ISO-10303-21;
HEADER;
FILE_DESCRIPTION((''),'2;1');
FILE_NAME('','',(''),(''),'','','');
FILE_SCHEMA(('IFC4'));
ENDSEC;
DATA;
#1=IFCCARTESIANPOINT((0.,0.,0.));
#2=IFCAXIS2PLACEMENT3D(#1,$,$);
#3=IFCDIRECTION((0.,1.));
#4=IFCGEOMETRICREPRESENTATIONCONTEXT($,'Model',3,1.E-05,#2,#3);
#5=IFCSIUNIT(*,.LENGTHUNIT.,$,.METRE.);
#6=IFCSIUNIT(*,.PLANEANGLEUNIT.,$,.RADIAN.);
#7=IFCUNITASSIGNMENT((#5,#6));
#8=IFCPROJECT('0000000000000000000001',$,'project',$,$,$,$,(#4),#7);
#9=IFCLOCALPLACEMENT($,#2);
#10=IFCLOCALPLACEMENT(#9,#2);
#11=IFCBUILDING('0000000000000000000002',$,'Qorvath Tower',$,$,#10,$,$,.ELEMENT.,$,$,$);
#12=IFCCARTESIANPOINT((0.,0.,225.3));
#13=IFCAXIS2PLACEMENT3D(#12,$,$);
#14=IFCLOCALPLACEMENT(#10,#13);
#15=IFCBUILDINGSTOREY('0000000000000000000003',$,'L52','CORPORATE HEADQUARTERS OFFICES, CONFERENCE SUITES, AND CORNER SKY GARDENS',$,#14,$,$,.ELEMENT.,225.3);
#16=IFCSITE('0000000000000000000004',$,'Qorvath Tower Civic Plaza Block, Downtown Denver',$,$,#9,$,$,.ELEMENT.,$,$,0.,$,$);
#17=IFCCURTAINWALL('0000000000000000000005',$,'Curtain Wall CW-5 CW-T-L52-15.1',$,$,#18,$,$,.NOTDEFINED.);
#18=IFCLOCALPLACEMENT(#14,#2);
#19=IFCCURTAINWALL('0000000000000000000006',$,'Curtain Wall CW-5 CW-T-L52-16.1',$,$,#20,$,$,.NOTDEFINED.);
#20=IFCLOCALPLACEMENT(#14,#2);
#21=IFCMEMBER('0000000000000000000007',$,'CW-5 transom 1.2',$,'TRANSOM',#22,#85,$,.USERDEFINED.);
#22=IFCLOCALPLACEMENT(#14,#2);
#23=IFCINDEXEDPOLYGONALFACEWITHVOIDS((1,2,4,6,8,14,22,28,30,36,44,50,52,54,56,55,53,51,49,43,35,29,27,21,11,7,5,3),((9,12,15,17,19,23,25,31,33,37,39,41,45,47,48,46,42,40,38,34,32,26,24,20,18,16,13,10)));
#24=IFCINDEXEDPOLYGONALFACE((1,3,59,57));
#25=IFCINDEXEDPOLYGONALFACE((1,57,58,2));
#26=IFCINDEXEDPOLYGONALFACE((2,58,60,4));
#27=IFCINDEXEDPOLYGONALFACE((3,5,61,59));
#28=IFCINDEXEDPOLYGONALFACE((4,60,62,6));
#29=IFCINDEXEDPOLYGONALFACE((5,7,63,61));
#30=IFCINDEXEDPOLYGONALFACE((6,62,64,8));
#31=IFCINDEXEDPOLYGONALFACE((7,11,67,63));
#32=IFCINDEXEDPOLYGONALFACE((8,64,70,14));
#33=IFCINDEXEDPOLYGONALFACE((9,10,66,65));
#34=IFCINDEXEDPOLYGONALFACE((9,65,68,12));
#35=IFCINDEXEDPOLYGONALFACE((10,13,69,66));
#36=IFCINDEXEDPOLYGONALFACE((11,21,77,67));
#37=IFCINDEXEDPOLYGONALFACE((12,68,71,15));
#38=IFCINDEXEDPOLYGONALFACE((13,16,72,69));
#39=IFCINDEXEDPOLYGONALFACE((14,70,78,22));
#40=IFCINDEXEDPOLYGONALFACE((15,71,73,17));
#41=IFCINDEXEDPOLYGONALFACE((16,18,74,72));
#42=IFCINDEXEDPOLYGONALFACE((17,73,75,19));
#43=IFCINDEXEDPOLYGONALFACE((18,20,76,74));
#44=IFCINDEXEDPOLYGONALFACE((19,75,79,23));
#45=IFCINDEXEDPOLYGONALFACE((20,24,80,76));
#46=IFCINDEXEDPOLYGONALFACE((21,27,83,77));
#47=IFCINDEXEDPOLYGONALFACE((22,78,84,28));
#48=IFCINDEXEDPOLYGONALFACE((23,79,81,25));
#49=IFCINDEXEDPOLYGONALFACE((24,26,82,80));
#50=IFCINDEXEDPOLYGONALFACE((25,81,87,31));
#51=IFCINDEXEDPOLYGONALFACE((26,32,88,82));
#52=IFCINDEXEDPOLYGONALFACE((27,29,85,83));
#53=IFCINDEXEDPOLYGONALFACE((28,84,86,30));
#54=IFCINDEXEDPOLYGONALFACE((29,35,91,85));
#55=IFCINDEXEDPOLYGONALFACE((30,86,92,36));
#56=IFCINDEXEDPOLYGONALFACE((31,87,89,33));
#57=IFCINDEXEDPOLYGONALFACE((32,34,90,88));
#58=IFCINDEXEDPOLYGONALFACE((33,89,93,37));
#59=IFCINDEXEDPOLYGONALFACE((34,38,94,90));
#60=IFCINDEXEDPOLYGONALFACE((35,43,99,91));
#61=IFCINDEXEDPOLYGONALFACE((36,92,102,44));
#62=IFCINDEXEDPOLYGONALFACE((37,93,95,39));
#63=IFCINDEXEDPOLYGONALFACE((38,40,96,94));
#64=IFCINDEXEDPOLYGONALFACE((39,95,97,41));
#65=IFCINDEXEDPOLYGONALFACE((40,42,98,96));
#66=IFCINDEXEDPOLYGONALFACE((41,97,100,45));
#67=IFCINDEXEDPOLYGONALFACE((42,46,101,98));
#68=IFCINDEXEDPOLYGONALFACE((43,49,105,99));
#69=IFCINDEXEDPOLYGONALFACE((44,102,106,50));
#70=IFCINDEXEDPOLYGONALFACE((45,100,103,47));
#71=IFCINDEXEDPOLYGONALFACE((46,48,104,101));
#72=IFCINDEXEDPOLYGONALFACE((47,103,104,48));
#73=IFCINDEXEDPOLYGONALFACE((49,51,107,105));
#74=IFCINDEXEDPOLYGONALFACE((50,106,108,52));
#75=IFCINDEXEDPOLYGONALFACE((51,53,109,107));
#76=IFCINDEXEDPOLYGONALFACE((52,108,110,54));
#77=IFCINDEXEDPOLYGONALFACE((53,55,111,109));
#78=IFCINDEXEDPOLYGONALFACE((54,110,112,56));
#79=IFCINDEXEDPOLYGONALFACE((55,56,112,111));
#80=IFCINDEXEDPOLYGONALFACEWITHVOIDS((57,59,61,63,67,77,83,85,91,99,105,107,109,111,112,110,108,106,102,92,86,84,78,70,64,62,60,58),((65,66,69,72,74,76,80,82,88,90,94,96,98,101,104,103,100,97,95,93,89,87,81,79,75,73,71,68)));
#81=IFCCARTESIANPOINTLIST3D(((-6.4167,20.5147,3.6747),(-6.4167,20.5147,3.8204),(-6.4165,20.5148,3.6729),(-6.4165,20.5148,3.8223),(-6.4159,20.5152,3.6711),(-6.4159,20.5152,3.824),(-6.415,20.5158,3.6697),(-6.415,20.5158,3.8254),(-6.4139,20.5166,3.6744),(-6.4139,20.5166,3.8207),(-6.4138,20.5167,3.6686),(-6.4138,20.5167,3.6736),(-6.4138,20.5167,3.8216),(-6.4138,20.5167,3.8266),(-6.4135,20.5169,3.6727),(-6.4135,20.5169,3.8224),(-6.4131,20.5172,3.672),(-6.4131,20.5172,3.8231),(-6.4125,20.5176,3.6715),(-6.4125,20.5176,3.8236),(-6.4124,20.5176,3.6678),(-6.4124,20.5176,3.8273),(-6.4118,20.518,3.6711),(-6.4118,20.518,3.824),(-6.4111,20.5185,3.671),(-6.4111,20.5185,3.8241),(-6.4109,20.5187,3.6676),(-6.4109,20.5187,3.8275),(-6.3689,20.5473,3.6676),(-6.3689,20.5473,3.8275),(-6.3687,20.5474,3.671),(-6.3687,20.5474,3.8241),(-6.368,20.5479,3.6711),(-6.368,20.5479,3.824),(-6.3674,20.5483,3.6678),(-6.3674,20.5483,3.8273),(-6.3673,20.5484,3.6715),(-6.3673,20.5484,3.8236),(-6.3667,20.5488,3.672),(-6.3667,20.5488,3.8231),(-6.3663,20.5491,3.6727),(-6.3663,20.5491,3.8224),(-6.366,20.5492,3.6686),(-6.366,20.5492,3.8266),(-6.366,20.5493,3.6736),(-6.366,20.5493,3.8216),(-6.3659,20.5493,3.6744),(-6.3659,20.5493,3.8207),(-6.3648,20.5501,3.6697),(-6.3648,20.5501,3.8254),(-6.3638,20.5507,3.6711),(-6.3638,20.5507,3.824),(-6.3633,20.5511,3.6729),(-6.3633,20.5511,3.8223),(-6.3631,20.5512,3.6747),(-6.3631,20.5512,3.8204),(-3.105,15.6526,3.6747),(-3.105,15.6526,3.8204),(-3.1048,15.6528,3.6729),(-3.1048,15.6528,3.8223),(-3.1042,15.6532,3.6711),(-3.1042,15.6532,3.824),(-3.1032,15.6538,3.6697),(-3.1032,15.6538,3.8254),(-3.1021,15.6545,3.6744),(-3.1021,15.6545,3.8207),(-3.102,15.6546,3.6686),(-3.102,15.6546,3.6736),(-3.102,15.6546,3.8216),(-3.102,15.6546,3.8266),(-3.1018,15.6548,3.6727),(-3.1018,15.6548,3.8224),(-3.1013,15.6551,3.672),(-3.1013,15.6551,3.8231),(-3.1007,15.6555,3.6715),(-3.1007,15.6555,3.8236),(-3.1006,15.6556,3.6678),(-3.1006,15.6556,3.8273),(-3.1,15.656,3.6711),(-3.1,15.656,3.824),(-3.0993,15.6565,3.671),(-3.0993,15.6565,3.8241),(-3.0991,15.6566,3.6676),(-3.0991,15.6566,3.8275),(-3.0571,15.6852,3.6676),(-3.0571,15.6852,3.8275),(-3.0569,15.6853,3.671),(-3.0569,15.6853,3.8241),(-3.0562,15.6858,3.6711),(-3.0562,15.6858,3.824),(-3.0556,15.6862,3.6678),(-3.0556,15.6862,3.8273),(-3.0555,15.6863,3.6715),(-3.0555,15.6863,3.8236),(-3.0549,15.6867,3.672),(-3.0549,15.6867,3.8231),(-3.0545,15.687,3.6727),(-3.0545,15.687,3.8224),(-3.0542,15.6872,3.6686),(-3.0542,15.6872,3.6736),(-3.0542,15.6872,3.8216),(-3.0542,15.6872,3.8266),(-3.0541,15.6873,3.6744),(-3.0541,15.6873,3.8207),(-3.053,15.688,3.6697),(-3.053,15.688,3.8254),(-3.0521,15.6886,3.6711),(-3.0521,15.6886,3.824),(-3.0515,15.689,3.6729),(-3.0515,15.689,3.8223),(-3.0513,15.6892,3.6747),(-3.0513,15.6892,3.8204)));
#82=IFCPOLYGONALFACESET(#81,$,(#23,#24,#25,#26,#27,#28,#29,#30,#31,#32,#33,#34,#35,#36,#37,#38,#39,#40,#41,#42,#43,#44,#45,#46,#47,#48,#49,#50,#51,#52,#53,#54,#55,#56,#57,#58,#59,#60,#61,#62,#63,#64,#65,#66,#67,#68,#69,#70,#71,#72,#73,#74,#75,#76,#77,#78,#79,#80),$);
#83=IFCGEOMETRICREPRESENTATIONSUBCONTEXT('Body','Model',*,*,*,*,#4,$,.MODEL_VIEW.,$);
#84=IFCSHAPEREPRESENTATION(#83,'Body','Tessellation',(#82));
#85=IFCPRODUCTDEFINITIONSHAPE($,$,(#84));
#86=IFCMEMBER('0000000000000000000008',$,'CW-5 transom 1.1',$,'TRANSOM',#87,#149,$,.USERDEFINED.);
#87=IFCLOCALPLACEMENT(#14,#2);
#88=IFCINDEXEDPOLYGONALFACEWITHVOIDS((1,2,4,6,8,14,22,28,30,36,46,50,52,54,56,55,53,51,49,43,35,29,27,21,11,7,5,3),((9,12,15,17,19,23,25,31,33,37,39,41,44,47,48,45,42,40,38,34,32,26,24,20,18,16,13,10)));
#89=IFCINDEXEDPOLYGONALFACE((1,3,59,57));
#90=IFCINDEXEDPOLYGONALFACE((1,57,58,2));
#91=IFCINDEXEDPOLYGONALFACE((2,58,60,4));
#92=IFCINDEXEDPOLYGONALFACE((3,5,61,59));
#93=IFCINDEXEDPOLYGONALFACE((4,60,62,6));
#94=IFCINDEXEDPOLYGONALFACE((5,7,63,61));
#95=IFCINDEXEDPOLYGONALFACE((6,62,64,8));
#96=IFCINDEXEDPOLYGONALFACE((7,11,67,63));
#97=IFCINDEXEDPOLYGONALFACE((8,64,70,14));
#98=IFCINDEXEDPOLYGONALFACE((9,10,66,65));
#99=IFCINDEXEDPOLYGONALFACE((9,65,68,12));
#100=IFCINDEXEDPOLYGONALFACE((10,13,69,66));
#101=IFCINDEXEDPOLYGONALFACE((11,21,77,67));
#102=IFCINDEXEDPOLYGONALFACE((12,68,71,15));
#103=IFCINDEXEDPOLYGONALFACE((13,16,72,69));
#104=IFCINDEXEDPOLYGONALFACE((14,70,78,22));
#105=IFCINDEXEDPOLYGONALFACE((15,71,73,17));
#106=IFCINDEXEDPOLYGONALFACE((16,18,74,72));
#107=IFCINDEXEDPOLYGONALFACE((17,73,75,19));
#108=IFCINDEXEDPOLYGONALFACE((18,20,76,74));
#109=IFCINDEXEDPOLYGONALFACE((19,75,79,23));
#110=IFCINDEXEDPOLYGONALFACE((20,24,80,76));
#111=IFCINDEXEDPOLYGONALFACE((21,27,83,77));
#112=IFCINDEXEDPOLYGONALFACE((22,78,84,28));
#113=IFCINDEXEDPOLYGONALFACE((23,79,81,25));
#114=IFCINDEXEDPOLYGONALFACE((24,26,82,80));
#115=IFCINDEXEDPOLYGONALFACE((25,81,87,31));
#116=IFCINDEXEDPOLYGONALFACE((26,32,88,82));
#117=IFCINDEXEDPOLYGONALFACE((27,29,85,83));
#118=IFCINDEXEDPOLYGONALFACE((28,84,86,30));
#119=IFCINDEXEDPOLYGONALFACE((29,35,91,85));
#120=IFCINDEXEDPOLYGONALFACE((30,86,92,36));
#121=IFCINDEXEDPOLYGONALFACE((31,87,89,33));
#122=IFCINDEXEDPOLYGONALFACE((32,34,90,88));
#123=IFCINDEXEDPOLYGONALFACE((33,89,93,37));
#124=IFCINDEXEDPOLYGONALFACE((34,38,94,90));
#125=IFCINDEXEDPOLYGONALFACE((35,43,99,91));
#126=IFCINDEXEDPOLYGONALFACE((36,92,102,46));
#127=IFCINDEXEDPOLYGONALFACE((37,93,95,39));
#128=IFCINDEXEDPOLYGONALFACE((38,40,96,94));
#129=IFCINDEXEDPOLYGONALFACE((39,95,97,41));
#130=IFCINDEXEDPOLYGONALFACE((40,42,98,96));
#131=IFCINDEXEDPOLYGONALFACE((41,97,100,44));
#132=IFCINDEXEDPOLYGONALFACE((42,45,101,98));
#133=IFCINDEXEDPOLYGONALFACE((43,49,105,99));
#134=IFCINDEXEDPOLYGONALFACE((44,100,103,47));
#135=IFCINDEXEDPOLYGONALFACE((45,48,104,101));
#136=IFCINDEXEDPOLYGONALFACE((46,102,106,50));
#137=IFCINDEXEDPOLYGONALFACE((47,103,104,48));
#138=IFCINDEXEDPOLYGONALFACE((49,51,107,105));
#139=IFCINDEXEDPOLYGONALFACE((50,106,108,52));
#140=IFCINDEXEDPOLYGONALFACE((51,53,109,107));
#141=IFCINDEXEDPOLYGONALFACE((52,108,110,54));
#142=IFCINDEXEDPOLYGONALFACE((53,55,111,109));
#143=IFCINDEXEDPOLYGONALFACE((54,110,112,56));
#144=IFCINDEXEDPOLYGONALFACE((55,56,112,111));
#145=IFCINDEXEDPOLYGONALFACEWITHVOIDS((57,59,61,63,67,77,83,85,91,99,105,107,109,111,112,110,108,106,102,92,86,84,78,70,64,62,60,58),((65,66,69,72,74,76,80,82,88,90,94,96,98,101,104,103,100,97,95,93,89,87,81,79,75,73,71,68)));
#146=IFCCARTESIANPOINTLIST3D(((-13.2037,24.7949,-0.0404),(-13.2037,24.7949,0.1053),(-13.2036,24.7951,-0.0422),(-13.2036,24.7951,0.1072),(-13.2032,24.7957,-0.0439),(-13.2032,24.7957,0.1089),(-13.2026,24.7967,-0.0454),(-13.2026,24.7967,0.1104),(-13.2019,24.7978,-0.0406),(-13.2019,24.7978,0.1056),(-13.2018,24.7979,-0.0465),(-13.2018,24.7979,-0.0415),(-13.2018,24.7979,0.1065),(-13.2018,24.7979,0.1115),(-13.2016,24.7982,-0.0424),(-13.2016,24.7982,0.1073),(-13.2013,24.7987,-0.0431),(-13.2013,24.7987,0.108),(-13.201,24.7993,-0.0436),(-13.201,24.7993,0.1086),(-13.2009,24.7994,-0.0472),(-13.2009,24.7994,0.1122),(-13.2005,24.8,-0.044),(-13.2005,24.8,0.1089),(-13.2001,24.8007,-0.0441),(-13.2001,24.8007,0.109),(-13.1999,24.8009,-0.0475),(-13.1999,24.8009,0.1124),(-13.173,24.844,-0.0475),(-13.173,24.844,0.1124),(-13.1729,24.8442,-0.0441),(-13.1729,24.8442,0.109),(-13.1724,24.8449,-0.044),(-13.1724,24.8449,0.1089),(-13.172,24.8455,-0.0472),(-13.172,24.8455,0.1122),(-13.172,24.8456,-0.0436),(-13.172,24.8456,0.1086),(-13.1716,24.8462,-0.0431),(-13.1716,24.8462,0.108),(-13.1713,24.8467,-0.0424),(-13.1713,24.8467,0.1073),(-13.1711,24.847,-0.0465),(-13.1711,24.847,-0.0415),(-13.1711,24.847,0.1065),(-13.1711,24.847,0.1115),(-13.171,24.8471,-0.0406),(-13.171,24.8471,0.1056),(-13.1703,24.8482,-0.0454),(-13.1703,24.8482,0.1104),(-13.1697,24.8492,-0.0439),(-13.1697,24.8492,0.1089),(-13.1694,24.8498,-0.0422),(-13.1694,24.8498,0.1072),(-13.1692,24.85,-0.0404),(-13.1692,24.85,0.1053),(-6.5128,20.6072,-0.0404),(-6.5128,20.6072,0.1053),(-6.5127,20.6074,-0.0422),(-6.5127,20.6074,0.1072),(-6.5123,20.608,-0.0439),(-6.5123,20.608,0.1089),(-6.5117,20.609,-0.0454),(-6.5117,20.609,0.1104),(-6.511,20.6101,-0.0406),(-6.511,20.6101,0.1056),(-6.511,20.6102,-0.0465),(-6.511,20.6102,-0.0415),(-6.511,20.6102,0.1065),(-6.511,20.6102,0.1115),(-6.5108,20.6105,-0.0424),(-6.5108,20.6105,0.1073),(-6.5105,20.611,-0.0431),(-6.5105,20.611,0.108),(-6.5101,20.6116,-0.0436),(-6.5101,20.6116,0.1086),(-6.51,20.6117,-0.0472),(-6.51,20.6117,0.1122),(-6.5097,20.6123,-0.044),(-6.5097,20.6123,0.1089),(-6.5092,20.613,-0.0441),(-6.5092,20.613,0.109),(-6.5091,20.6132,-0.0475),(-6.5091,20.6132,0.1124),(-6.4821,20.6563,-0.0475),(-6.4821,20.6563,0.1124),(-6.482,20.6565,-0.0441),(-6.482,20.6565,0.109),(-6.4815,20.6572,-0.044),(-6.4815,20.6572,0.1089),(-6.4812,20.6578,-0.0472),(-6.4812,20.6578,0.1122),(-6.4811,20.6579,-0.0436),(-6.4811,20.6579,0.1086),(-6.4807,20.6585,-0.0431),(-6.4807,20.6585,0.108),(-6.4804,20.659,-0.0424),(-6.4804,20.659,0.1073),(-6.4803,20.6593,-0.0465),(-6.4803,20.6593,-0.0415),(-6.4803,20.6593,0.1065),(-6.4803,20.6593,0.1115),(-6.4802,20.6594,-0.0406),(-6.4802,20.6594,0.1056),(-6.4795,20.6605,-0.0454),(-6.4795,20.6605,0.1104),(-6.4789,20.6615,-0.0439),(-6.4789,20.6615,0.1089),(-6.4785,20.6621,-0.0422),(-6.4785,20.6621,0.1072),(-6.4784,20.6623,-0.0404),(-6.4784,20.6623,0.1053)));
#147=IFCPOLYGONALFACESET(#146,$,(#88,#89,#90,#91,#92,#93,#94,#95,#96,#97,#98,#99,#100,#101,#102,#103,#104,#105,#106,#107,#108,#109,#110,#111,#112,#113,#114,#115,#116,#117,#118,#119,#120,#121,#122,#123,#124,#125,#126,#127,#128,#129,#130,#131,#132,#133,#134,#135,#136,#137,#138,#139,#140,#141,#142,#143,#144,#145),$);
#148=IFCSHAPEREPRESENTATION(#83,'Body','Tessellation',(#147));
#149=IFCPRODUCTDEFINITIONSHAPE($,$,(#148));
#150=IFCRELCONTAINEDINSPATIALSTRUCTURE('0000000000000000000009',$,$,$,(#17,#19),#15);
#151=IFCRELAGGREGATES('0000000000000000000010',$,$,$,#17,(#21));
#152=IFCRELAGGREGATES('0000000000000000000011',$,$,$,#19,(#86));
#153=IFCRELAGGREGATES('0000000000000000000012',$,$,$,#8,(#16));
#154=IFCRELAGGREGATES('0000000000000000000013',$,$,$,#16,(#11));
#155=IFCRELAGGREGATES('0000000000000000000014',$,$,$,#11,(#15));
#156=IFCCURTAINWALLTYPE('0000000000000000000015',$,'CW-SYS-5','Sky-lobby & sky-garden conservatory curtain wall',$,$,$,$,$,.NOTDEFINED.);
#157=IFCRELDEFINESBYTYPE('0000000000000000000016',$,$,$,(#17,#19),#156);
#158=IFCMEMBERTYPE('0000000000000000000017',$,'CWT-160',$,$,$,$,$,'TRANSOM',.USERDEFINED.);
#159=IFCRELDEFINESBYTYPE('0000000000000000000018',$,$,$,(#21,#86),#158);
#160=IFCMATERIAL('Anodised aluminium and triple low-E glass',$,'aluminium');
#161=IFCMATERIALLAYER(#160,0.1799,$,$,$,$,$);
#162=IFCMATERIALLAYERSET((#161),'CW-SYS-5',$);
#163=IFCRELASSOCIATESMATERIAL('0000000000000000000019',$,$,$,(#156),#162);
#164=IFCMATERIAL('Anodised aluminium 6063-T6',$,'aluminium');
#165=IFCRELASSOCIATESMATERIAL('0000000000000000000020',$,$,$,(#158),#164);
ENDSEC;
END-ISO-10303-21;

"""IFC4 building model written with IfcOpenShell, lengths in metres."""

from ifc_helpers import new_model, si_unit, direction, frame, origin, origin_2d, place, context, subcontext, project, spatial, hollow_rectangle, extrude, material, layer, layer_set, material_profile, profile_set, type_object, element, aggregate, save


model = new_model("IFC4")

# Units and contexts
model_context = context("Model", 3, precision=1e-05, world=origin(), true_north=direction((0.0, 1.0)))
body_context = subcontext(model_context, "Body", "Model", "MODEL_VIEW")
ifc_project = project(units=[si_unit("LENGTHUNIT", "METRE"), si_unit("PLANEANGLEUNIT", "RADIAN")], contexts=[model_context])

# Site, building, storey
site_placement = place(None, origin())
site = spatial("IfcSite", under=ifc_project, at=site_placement, Name="Qorvath Tower Civic Plaza Block, Downtown Denver", CompositionType="ELEMENT", RefElevation=0.0)
building_placement = place(site_placement, origin())
building = spatial("IfcBuilding", under=site, at=building_placement, Name="Qorvath Tower", CompositionType="ELEMENT")
storey_placement = place(building_placement, frame((0.0, 0.0, 225.3)))
storey = spatial("IfcBuildingStorey", under=building, at=storey_placement, Name="L52", Description="CORPORATE HEADQUARTERS OFFICES, CONFERENCE SUITES, AND CORNER SKY GARDENS", CompositionType="ELEMENT", Elevation=225.3)

# Shared definitions
ifc_material_1 = material(Name="Anodised aluminium and triple low-E glass", Category="aluminium")
ifc_layer_1 = layer(ifc_material_1, 0.1799)
ifc_layer_set_1 = layer_set([ifc_layer_1], Name="CW-SYS-5")
curtain_wall_type = type_object("IfcCurtainWallType", Name="CW-SYS-5", Description="Sky-lobby & sky-garden conservatory curtain wall", PredefinedType="NOTDEFINED", material=ifc_layer_set_1)

# Curtain walls
curtain_wall_1_placement = place(storey_placement, origin())
curtain_wall_1 = element("IfcCurtainWall", 1, at=curtain_wall_1_placement, inside=storey, type_object=curtain_wall_type, Name="Curtain Wall CW-5 CW-T-L52-15.1", PredefinedType="NOTDEFINED")
curtain_wall_2_placement = place(storey_placement, origin())
curtain_wall_2 = element("IfcCurtainWall", 2, at=curtain_wall_2_placement, inside=storey, type_object=curtain_wall_type, Name="Curtain Wall CW-5 CW-T-L52-16.1", PredefinedType="NOTDEFINED")

# Members
ifc_material_2 = material(Name="Anodised aluminium 6063-T6", Category="aluminium")
ifc_material_profile_1 = material_profile(ifc_material_2, hollow_rectangle(XDim=0.0649, YDim=0.1599, WallThickness=0.0034, InnerFilletRadius=0.0034, OuterFilletRadius=0.0071, at=origin_2d()), Name="CWT 160x65")
ifc_profile_set_1 = profile_set([ifc_material_profile_1], Name="Anodised aluminium 6063-T6")
member_type_1 = type_object("IfcMemberType", Name="CWT-160", ElementType="TRANSOM", PredefinedType="USERDEFINED", material=ifc_profile_set_1)
member_1_placement = place(storey_placement, frame((-3.0781, 15.6709, 3.7476), z_axis=(-0.562957, 0.826486, 0.0), x_axis=(-0.826486, -0.562957, 0.0)))
member_1 = element("IfcMember", 3, at=member_1_placement, type_object=member_type_1, Name="CW-5 transom 1.2", ObjectType="TRANSOM", PredefinedType="USERDEFINED", context=body_context, shape_type="SweptSolid", body=[
    extrude(hollow_rectangle(XDim=0.0649, YDim=0.1599, WallThickness=0.0034, InnerFilletRadius=0.0034, OuterFilletRadius=0.0071, at=origin_2d()), origin(), (0.0, 0.0, 1.0), 5.8828),
])
member_2_placement = place(storey_placement, frame((-6.4956, 20.6348, 0.0325), z_axis=(-0.847661, 0.530538, 0.0), x_axis=(-0.530538, -0.847661, 0.0)))
member_2 = element("IfcMember", 4, at=member_2_placement, type_object=member_type_1, Name="CW-5 transom 1.1", ObjectType="TRANSOM", PredefinedType="USERDEFINED", context=body_context, shape_type="SweptSolid", body=[
    extrude(hollow_rectangle(XDim=0.0649, YDim=0.1599, WallThickness=0.0034, InnerFilletRadius=0.0034, OuterFilletRadius=0.0071, at=origin_2d()), origin(), (0.0, 0.0, 1.0), 7.8933),
])

aggregate(curtain_wall_1, [member_1])
aggregate(curtain_wall_2, [member_2])

save(model, "model.ifc")
